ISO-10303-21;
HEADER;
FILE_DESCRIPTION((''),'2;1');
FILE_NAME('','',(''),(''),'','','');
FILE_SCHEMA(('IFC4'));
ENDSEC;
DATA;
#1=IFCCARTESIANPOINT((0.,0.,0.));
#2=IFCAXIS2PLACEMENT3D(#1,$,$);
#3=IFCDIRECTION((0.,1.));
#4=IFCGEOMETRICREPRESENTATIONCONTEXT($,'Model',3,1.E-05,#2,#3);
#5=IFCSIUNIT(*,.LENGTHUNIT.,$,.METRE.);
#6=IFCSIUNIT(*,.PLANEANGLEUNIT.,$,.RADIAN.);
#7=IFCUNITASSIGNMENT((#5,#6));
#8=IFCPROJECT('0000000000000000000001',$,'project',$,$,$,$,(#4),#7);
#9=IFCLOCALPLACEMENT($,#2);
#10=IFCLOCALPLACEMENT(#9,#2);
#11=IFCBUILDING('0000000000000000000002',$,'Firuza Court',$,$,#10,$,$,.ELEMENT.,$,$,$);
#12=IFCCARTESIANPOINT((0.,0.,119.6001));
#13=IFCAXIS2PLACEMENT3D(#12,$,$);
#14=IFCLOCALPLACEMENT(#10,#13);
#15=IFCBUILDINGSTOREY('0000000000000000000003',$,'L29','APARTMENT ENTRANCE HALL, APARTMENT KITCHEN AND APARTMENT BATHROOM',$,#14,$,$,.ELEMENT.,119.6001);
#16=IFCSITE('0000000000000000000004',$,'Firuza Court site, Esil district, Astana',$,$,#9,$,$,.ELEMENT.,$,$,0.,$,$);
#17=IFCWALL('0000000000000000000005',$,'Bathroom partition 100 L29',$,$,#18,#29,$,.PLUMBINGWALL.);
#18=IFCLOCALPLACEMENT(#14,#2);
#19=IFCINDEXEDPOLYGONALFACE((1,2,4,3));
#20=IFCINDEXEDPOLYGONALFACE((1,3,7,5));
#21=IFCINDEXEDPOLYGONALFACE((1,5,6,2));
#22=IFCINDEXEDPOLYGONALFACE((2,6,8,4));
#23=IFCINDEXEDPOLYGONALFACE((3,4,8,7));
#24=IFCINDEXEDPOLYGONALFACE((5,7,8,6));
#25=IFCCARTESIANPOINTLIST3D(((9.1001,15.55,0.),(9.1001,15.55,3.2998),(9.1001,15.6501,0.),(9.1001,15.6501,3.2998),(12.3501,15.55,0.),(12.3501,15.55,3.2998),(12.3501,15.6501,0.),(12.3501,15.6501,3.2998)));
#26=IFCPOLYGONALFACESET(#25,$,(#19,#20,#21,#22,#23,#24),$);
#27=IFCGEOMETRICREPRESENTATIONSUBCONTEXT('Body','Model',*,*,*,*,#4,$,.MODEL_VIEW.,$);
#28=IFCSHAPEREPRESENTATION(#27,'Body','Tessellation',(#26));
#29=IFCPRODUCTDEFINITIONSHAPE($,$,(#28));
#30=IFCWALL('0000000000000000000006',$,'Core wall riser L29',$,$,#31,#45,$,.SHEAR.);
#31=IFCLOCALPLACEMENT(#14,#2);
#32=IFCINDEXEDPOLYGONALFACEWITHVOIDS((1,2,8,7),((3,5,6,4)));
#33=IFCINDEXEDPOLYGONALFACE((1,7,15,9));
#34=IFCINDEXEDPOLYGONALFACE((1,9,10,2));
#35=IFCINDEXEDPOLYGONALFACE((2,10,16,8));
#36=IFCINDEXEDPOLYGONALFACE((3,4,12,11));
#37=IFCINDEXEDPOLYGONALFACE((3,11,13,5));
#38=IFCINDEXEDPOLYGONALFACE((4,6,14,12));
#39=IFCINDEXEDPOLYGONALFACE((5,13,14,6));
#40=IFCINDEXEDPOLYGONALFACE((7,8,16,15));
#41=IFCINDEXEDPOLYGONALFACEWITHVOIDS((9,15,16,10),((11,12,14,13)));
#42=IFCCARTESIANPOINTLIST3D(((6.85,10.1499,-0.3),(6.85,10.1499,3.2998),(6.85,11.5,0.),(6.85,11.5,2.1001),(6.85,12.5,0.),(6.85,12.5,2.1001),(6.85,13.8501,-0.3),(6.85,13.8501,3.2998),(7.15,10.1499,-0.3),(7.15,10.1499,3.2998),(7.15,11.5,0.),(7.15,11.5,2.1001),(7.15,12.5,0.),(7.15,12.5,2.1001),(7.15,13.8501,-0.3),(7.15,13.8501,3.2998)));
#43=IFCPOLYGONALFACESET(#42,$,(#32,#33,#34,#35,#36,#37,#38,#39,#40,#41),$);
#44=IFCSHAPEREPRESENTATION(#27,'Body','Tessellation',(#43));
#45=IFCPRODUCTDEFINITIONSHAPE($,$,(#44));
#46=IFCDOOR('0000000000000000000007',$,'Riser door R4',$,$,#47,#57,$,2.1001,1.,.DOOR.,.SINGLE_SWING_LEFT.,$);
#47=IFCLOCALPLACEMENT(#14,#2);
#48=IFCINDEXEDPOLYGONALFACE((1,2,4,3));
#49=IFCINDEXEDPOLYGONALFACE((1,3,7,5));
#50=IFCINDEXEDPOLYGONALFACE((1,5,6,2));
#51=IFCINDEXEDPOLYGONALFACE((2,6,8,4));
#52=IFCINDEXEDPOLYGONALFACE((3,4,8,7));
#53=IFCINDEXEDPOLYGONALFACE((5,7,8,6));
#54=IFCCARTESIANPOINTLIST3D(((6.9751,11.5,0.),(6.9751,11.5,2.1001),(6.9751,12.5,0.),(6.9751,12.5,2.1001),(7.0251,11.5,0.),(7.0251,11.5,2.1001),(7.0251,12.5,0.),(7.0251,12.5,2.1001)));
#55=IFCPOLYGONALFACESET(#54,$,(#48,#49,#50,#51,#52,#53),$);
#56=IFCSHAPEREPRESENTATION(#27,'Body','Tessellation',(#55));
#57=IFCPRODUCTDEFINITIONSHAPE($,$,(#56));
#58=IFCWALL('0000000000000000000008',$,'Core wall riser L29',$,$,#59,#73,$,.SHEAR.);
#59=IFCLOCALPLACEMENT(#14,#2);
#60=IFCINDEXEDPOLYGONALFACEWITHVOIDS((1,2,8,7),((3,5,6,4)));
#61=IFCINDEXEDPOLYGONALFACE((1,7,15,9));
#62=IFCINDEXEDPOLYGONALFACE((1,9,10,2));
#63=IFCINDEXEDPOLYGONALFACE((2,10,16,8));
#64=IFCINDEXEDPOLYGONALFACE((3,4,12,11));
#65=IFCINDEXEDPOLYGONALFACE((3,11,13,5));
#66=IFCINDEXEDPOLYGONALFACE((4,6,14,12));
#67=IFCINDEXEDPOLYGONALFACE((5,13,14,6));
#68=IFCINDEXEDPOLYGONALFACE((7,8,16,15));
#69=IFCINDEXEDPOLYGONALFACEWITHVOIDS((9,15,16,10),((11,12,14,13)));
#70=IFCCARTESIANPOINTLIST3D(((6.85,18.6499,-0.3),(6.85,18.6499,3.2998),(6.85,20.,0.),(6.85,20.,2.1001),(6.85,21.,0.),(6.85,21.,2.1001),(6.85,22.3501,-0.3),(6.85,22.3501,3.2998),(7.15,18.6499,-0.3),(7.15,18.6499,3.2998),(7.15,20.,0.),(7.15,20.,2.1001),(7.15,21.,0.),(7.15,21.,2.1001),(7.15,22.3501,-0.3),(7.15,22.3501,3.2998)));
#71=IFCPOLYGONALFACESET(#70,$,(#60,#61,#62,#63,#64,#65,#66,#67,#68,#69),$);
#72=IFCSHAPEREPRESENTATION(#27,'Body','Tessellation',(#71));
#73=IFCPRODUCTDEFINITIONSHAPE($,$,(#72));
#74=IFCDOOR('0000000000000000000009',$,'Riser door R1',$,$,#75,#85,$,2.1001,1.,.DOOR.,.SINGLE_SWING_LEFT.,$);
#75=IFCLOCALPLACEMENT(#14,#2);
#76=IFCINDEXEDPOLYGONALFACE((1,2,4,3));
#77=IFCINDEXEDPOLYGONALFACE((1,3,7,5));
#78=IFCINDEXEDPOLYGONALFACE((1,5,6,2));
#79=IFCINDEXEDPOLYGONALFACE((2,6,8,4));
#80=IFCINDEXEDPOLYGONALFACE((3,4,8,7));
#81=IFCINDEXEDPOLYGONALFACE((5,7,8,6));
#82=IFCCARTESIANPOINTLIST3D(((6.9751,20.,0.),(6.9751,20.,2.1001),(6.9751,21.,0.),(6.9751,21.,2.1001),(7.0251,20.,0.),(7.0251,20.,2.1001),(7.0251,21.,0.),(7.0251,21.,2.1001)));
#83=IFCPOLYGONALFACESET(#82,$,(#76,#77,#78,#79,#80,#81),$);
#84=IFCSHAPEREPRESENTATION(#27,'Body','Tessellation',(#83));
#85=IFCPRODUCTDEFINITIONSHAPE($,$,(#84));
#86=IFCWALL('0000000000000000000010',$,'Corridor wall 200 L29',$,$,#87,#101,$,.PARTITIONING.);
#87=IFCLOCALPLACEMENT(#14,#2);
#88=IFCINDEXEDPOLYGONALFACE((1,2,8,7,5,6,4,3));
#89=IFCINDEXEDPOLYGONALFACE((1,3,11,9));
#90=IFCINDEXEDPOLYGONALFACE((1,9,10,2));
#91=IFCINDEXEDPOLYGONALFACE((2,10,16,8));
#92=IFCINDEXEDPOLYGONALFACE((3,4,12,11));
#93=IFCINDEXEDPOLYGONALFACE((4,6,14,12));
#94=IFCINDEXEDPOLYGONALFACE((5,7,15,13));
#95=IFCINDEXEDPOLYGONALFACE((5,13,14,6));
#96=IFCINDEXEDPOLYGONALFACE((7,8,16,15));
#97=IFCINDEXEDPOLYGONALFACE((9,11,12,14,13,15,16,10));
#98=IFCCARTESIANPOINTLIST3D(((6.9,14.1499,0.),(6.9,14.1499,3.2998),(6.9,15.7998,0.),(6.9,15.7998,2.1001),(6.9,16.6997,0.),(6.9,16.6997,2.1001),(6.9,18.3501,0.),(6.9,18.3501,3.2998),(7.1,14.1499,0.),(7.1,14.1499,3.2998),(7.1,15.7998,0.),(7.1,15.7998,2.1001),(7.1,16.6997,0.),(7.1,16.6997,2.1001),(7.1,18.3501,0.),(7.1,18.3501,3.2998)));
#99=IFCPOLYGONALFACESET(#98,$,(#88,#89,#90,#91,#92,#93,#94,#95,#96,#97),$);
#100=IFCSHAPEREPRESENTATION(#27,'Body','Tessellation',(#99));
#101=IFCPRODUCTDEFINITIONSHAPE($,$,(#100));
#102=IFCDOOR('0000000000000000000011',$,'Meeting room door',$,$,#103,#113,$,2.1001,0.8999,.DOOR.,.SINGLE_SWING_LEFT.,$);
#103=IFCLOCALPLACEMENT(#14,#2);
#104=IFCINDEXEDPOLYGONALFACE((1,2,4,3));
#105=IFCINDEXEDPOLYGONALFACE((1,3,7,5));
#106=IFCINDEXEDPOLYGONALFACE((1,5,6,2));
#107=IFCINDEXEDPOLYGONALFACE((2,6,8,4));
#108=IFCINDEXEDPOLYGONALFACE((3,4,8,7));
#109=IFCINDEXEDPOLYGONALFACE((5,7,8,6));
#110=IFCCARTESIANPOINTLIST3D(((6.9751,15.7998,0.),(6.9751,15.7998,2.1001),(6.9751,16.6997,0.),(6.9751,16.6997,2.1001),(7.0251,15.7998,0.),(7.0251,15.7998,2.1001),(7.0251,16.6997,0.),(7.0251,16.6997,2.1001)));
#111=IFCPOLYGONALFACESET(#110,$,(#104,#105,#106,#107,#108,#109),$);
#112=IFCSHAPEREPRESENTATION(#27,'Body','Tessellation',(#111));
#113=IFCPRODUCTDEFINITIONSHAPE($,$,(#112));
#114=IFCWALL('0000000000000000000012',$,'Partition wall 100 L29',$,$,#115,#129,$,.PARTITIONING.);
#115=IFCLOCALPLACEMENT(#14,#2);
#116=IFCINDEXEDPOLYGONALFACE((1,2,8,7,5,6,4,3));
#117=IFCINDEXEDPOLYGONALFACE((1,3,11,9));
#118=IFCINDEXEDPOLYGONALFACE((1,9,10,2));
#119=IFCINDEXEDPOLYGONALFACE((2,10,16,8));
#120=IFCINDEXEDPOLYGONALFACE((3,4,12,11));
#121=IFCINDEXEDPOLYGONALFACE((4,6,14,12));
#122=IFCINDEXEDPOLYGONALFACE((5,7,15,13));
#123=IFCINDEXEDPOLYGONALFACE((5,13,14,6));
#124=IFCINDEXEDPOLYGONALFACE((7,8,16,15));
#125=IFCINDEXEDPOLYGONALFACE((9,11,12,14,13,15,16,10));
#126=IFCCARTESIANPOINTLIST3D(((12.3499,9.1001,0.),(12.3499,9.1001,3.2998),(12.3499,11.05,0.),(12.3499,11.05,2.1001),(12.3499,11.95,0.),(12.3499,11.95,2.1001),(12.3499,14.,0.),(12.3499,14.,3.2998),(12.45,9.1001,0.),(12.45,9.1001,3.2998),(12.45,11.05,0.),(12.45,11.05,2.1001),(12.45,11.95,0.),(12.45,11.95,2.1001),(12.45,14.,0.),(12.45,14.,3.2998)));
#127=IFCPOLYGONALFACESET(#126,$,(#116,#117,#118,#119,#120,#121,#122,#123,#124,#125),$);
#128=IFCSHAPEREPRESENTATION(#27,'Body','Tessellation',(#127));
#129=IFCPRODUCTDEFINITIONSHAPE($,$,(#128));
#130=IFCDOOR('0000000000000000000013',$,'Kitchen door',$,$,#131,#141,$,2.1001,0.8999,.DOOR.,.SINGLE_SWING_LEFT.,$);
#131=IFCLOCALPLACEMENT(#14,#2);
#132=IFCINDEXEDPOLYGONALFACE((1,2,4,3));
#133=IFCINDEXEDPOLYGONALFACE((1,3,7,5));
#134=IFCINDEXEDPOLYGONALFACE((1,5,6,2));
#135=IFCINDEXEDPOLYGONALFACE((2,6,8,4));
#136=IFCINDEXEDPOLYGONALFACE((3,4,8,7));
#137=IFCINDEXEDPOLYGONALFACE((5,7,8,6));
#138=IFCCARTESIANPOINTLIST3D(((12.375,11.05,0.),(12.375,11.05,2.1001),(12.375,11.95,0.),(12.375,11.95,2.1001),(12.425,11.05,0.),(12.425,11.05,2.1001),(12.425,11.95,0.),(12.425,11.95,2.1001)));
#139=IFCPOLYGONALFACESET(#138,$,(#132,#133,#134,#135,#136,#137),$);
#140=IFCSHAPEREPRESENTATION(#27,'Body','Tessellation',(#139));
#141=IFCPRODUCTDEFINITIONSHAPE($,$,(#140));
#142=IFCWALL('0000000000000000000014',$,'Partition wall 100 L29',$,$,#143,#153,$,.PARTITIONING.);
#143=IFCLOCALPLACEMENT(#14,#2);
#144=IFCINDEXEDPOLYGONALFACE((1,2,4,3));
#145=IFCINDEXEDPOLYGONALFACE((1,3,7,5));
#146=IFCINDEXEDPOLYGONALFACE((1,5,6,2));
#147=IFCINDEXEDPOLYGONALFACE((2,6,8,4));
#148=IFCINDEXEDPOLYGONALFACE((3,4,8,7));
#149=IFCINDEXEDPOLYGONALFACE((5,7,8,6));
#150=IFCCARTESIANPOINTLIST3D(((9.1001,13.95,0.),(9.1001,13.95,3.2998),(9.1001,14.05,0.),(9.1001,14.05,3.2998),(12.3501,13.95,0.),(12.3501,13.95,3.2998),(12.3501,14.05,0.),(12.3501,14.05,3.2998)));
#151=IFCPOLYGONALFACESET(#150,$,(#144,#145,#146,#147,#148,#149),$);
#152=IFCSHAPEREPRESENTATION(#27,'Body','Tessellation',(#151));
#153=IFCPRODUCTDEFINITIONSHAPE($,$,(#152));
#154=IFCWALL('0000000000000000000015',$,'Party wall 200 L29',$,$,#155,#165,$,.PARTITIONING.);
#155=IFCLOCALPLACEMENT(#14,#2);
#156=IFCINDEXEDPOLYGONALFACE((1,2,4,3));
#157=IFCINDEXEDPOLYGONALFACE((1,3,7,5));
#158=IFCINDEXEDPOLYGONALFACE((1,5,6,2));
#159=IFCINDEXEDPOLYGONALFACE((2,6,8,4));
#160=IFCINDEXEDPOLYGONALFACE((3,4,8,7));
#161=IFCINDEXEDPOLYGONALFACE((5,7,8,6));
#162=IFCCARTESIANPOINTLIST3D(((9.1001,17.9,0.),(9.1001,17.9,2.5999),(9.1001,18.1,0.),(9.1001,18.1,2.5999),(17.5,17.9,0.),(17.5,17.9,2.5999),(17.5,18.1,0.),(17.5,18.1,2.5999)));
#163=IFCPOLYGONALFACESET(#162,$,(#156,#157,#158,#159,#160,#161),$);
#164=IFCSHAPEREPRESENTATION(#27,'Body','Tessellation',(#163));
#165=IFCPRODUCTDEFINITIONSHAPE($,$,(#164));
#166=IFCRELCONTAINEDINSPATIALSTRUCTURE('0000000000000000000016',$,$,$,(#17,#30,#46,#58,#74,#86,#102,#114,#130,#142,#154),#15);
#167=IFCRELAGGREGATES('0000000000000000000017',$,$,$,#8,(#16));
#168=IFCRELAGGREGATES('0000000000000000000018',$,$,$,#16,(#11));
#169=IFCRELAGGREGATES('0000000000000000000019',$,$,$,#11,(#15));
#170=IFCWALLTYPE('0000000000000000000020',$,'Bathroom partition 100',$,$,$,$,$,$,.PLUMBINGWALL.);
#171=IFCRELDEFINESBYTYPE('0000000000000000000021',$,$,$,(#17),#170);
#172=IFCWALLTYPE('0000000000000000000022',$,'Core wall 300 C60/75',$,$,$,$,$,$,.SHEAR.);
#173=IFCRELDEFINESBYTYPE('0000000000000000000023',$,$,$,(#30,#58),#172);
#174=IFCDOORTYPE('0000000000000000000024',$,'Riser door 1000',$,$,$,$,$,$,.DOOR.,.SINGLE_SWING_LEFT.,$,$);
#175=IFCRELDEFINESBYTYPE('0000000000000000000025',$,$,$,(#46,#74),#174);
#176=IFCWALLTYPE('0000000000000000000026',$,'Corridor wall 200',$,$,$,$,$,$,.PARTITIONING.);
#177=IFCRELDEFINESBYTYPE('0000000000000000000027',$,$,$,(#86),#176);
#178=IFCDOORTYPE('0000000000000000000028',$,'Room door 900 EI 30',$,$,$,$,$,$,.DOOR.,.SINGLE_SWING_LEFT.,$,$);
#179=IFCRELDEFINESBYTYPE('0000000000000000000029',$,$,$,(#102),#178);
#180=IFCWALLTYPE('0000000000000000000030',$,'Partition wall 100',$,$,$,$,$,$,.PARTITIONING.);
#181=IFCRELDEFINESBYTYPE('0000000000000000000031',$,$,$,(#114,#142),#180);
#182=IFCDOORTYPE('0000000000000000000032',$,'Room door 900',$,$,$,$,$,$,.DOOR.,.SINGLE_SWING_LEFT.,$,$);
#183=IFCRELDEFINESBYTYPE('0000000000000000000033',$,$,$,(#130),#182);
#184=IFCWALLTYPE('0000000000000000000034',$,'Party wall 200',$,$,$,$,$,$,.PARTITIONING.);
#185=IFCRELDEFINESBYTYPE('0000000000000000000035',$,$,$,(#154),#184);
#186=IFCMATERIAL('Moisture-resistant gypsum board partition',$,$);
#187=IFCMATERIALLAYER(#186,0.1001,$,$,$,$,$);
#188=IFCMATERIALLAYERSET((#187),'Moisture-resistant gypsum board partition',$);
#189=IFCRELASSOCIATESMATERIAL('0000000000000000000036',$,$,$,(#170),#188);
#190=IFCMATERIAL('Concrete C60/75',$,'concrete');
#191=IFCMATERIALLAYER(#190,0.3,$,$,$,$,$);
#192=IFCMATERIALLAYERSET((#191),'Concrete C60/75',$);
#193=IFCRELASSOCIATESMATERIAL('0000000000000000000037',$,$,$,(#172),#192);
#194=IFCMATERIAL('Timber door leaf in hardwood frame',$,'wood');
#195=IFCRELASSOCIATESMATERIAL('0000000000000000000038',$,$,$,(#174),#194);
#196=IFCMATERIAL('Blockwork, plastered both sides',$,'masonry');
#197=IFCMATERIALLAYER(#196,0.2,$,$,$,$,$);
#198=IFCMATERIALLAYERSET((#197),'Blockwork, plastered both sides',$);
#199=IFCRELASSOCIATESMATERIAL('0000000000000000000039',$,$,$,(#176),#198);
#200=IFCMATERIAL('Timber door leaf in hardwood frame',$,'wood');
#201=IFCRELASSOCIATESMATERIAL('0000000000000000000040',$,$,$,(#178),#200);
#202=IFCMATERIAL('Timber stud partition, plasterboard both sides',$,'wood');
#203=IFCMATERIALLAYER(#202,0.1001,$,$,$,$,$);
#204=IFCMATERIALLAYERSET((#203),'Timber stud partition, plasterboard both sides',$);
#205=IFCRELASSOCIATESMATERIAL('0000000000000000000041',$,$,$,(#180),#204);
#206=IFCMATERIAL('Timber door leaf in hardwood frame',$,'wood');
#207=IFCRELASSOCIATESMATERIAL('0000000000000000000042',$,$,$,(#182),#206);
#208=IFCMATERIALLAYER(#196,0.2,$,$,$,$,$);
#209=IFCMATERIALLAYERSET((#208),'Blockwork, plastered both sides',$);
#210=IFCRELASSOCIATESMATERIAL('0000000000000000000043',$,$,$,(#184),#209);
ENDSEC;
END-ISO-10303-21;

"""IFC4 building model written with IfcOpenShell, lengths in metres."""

from ifc_helpers import new_model, si_unit, direction, frame, frame_2d, origin, place, context, subcontext, project, spatial, rectangle, extrude, material, layer, layer_set, type_object, element, fill, save


model = new_model("IFC4")

# Units and contexts
model_context = context("Model", 3, precision=1e-05, world=origin(), true_north=direction((0.0, 1.0)))
body_context = subcontext(model_context, "Body", "Model", "MODEL_VIEW")
ifc_project = project(units=[si_unit("LENGTHUNIT", "METRE"), si_unit("PLANEANGLEUNIT", "RADIAN")], contexts=[model_context])

# Site, building, storey
site_placement = place(None, origin())
site = spatial("IfcSite", under=ifc_project, at=site_placement, Name="Firuza Court site, Esil district, Astana", CompositionType="ELEMENT", RefElevation=0.0)
building_placement = place(site_placement, origin())
building = spatial("IfcBuilding", under=site, at=building_placement, Name="Firuza Court", CompositionType="ELEMENT")
storey_placement = place(building_placement, frame((0.0, 0.0, 119.6001)))
storey = spatial("IfcBuildingStorey", under=building, at=storey_placement, Name="L29", Description="APARTMENT ENTRANCE HALL, APARTMENT KITCHEN AND APARTMENT BATHROOM", CompositionType="ELEMENT", Elevation=119.6001)

# Wall
ifc_material_1 = material(Name="Moisture-resistant gypsum board partition")
ifc_layer_1 = layer(ifc_material_1, 0.1001)
ifc_layer_set_1 = layer_set([ifc_layer_1], Name="Moisture-resistant gypsum board partition")
wall_type_1 = type_object("IfcWallType", Name="Bathroom partition 100", PredefinedType="PLUMBINGWALL", material=ifc_layer_set_1)
wall_1_placement = place(storey_placement, frame((9.1001, 15.6001, 0.0), z_axis=(0.0, 0.0, 1.0), x_axis=(1.0, 0.0, 0.0)))
element("IfcWall", 1, at=wall_1_placement, inside=storey, type_object=wall_type_1, Name="Bathroom partition 100 L29", PredefinedType="PLUMBINGWALL", context=body_context, shape_type="SweptSolid", body=[
    extrude(rectangle(XDim=3.25, YDim=0.1001, at=frame_2d((1.625, 0.0))), origin(), (0.0, 0.0, 1.0), 3.2998),
])

# Walls, openings, doors
ifc_material_2 = material(Name="Concrete C60/75", Category="concrete")
ifc_layer_2 = layer(ifc_material_2, 0.3)
ifc_layer_set_2 = layer_set([ifc_layer_2], Name="Concrete C60/75")
wall_type_2 = type_object("IfcWallType", Name="Core wall 300 C60/75", PredefinedType="SHEAR", material=ifc_layer_set_2)
wall_2_placement = place(storey_placement, frame((7.0, 10.1499, -0.3), z_axis=(0.0, 0.0, 1.0), x_axis=(0.0, 1.0, 0.0)))
wall_2 = element("IfcWall", 2, at=wall_2_placement, inside=storey, type_object=wall_type_2, Name="Core wall riser L29", PredefinedType="SHEAR", context=body_context, shape_type="SweptSolid", body=[
    extrude(rectangle(XDim=3.7002, YDim=0.3, at=frame_2d((1.8501, 0.0))), origin(), (0.0, 0.0, 1.0), 3.5999),
])
opening_1_placement = place(wall_2_placement, frame((1.3501, 0.0, 0.3)))
opening_1 = element("IfcOpeningElement", 3, at=opening_1_placement, cuts=wall_2, PredefinedType="OPENING", context=body_context, shape_type="SweptSolid", body=[
    extrude(rectangle(XDim=1.0, YDim=2.1001, at=frame_2d((0.5, 1.05))), frame((0.0, 0.1621, 0.0), z_axis=(0.0, -1.0, 0.0), x_axis=(1.0, 0.0, 0.0)), (0.0, 0.0, 1.0), 0.324),
])
ifc_material_3 = material(Name="Timber door leaf in hardwood frame", Category="wood")
door_type_1 = type_object("IfcDoorType", Name="Riser door 1000", OperationType="SINGLE_SWING_LEFT", PredefinedType="DOOR", material=ifc_material_3)
door_1_placement = place(opening_1_placement, origin())
door_1 = element("IfcDoor", 4, at=door_1_placement, inside=storey, type_object=door_type_1, Name="Riser door R4", OperationType="SINGLE_SWING_LEFT", OverallHeight=2.1001, OverallWidth=1.0, PredefinedType="DOOR", context=body_context, shape_type="SweptSolid", body=[
    extrude(rectangle(XDim=1.0, YDim=2.1001, at=frame_2d((0.5, 1.05))), frame((0.0, 0.0249, 0.0), z_axis=(0.0, -1.0, 0.0), x_axis=(1.0, 0.0, 0.0)), (0.0, 0.0, 1.0), 0.05),
])
fill(opening_1, door_1)
wall_3_placement = place(storey_placement, frame((7.0, 18.6499, -0.3), z_axis=(0.0, 0.0, 1.0), x_axis=(0.0, 1.0, 0.0)))
wall_3 = element("IfcWall", 5, at=wall_3_placement, inside=storey, type_object=wall_type_2, Name="Core wall riser L29", PredefinedType="SHEAR", context=body_context, shape_type="SweptSolid", body=[
    extrude(rectangle(XDim=3.7002, YDim=0.3, at=frame_2d((1.8501, 0.0))), origin(), (0.0, 0.0, 1.0), 3.5999),
])
opening_2_placement = place(wall_3_placement, frame((1.3501, 0.0, 0.3)))
opening_2 = element("IfcOpeningElement", 6, at=opening_2_placement, cuts=wall_3, PredefinedType="OPENING", context=body_context, shape_type="SweptSolid", body=[
    extrude(rectangle(XDim=1.0, YDim=2.1001, at=frame_2d((0.5, 1.05))), frame((0.0, 0.1621, 0.0), z_axis=(0.0, -1.0, 0.0), x_axis=(1.0, 0.0, 0.0)), (0.0, 0.0, 1.0), 0.324),
])
door_2_placement = place(opening_2_placement, origin())
door_2 = element("IfcDoor", 7, at=door_2_placement, inside=storey, type_object=door_type_1, Name="Riser door R1", OperationType="SINGLE_SWING_LEFT", OverallHeight=2.1001, OverallWidth=1.0, PredefinedType="DOOR", context=body_context, shape_type="SweptSolid", body=[
    extrude(rectangle(XDim=1.0, YDim=2.1001, at=frame_2d((0.5, 1.05))), frame((0.0, 0.0249, 0.0), z_axis=(0.0, -1.0, 0.0), x_axis=(1.0, 0.0, 0.0)), (0.0, 0.0, 1.0), 0.05),
])
fill(opening_2, door_2)
ifc_material_4 = material(Name="Blockwork, plastered both sides", Category="masonry")
ifc_layer_3 = layer(ifc_material_4, 0.2)
ifc_layer_set_3 = layer_set([ifc_layer_3], Name="Blockwork, plastered both sides")
wall_type_3 = type_object("IfcWallType", Name="Corridor wall 200", PredefinedType="PARTITIONING", material=ifc_layer_set_3)
wall_4_placement = place(storey_placement, frame((7.0, 14.1499, 0.0), z_axis=(0.0, 0.0, 1.0), x_axis=(0.0, 1.0, 0.0)))
wall_4 = element("IfcWall", 8, at=wall_4_placement, inside=storey, type_object=wall_type_3, Name="Corridor wall 200 L29", PredefinedType="PARTITIONING", context=body_context, shape_type="SweptSolid", body=[
    extrude(rectangle(XDim=4.2002, YDim=0.2, at=frame_2d((2.1001, 0.0))), origin(), (0.0, 0.0, 1.0), 3.2998),
])
opening_3_placement = place(wall_4_placement, frame((1.6499, 0.0, 0.0)))
opening_3 = element("IfcOpeningElement", 9, at=opening_3_placement, cuts=wall_4, PredefinedType="OPENING", context=body_context, shape_type="SweptSolid", body=[
    extrude(rectangle(XDim=0.8999, YDim=2.1001, at=frame_2d((0.45, 1.05))), frame((0.0, 0.1118, 0.0), z_axis=(0.0, -1.0, 0.0), x_axis=(1.0, 0.0, 0.0)), (0.0, 0.0, 1.0), 0.2239),
])
ifc_material_5 = material(Name="Timber door leaf in hardwood frame", Category="wood")
door_type_2 = type_object("IfcDoorType", Name="Room door 900 EI 30", OperationType="SINGLE_SWING_LEFT", PredefinedType="DOOR", material=ifc_material_5)
door_3_placement = place(opening_3_placement, origin())
door_3 = element("IfcDoor", 10, at=door_3_placement, inside=storey, type_object=door_type_2, Name="Meeting room door", OperationType="SINGLE_SWING_LEFT", OverallHeight=2.1001, OverallWidth=0.8999, PredefinedType="DOOR", context=body_context, shape_type="SweptSolid", body=[
    extrude(rectangle(XDim=0.8999, YDim=2.1001, at=frame_2d((0.45, 1.05))), frame((0.0, 0.0249, 0.0), z_axis=(0.0, -1.0, 0.0), x_axis=(1.0, 0.0, 0.0)), (0.0, 0.0, 1.0), 0.05),
])
fill(opening_3, door_3)
ifc_material_6 = material(Name="Timber stud partition, plasterboard both sides", Category="wood")
ifc_layer_4 = layer(ifc_material_6, 0.1001)
ifc_layer_set_4 = layer_set([ifc_layer_4], Name="Timber stud partition, plasterboard both sides")
wall_type_4 = type_object("IfcWallType", Name="Partition wall 100", PredefinedType="PARTITIONING", material=ifc_layer_set_4)
wall_5_placement = place(storey_placement, frame((12.3999, 9.1001, 0.0), z_axis=(0.0, 0.0, 1.0), x_axis=(0.0, 1.0, 0.0)))
wall_5 = element("IfcWall", 11, at=wall_5_placement, inside=storey, type_object=wall_type_4, Name="Partition wall 100 L29", PredefinedType="PARTITIONING", context=body_context, shape_type="SweptSolid", body=[
    extrude(rectangle(XDim=4.8999, YDim=0.1001, at=frame_2d((2.45, 0.0))), origin(), (0.0, 0.0, 1.0), 3.2998),
])
opening_4_placement = place(wall_5_placement, frame((1.95, 0.0, 0.0)))
opening_4 = element("IfcOpeningElement", 12, at=opening_4_placement, cuts=wall_5, PredefinedType="OPENING", context=body_context, shape_type="SweptSolid", body=[
    extrude(rectangle(XDim=0.8999, YDim=2.1001, at=frame_2d((0.45, 1.05))), frame((0.0, 0.062, 0.0), z_axis=(0.0, -1.0, 0.0), x_axis=(1.0, 0.0, 0.0)), (0.0, 0.0, 1.0), 0.124),
])
ifc_material_7 = material(Name="Timber door leaf in hardwood frame", Category="wood")
door_type_3 = type_object("IfcDoorType", Name="Room door 900", OperationType="SINGLE_SWING_LEFT", PredefinedType="DOOR", material=ifc_material_7)
door_4_placement = place(opening_4_placement, origin())
door_4 = element("IfcDoor", 13, at=door_4_placement, inside=storey, type_object=door_type_3, Name="Kitchen door", OperationType="SINGLE_SWING_LEFT", OverallHeight=2.1001, OverallWidth=0.8999, PredefinedType="DOOR", context=body_context, shape_type="SweptSolid", body=[
    extrude(rectangle(XDim=0.8999, YDim=2.1001, at=frame_2d((0.45, 1.05))), frame((0.0, 0.0249, 0.0), z_axis=(0.0, -1.0, 0.0), x_axis=(1.0, 0.0, 0.0)), (0.0, 0.0, 1.0), 0.05),
])
fill(opening_4, door_4)

# Walls
wall_6_placement = place(storey_placement, frame((9.1001, 14.0, 0.0), z_axis=(0.0, 0.0, 1.0), x_axis=(1.0, 0.0, 0.0)))
element("IfcWall", 14, at=wall_6_placement, inside=storey, type_object=wall_type_4, Name="Partition wall 100 L29", PredefinedType="PARTITIONING", context=body_context, shape_type="SweptSolid", body=[
    extrude(rectangle(XDim=3.25, YDim=0.1001, at=frame_2d((1.625, 0.0))), origin(), (0.0, 0.0, 1.0), 3.2998),
])
ifc_layer_5 = layer(ifc_material_4, 0.2)
ifc_layer_set_5 = layer_set([ifc_layer_5], Name="Blockwork, plastered both sides")
wall_type_5 = type_object("IfcWallType", Name="Party wall 200", PredefinedType="PARTITIONING", material=ifc_layer_set_5)
wall_7_placement = place(storey_placement, frame((9.1001, 18.0, 0.0), z_axis=(0.0, 0.0, 1.0), x_axis=(1.0, 0.0, 0.0)))
element("IfcWall", 15, at=wall_7_placement, inside=storey, type_object=wall_type_5, Name="Party wall 200 L29", PredefinedType="PARTITIONING", context=body_context, shape_type="SweptSolid", body=[
    extrude(rectangle(XDim=8.3999, YDim=0.2, at=frame_2d((4.2, 0.0))), origin(), (0.0, 0.0, 1.0), 2.5999),
])

save(model, "model.ifc")
